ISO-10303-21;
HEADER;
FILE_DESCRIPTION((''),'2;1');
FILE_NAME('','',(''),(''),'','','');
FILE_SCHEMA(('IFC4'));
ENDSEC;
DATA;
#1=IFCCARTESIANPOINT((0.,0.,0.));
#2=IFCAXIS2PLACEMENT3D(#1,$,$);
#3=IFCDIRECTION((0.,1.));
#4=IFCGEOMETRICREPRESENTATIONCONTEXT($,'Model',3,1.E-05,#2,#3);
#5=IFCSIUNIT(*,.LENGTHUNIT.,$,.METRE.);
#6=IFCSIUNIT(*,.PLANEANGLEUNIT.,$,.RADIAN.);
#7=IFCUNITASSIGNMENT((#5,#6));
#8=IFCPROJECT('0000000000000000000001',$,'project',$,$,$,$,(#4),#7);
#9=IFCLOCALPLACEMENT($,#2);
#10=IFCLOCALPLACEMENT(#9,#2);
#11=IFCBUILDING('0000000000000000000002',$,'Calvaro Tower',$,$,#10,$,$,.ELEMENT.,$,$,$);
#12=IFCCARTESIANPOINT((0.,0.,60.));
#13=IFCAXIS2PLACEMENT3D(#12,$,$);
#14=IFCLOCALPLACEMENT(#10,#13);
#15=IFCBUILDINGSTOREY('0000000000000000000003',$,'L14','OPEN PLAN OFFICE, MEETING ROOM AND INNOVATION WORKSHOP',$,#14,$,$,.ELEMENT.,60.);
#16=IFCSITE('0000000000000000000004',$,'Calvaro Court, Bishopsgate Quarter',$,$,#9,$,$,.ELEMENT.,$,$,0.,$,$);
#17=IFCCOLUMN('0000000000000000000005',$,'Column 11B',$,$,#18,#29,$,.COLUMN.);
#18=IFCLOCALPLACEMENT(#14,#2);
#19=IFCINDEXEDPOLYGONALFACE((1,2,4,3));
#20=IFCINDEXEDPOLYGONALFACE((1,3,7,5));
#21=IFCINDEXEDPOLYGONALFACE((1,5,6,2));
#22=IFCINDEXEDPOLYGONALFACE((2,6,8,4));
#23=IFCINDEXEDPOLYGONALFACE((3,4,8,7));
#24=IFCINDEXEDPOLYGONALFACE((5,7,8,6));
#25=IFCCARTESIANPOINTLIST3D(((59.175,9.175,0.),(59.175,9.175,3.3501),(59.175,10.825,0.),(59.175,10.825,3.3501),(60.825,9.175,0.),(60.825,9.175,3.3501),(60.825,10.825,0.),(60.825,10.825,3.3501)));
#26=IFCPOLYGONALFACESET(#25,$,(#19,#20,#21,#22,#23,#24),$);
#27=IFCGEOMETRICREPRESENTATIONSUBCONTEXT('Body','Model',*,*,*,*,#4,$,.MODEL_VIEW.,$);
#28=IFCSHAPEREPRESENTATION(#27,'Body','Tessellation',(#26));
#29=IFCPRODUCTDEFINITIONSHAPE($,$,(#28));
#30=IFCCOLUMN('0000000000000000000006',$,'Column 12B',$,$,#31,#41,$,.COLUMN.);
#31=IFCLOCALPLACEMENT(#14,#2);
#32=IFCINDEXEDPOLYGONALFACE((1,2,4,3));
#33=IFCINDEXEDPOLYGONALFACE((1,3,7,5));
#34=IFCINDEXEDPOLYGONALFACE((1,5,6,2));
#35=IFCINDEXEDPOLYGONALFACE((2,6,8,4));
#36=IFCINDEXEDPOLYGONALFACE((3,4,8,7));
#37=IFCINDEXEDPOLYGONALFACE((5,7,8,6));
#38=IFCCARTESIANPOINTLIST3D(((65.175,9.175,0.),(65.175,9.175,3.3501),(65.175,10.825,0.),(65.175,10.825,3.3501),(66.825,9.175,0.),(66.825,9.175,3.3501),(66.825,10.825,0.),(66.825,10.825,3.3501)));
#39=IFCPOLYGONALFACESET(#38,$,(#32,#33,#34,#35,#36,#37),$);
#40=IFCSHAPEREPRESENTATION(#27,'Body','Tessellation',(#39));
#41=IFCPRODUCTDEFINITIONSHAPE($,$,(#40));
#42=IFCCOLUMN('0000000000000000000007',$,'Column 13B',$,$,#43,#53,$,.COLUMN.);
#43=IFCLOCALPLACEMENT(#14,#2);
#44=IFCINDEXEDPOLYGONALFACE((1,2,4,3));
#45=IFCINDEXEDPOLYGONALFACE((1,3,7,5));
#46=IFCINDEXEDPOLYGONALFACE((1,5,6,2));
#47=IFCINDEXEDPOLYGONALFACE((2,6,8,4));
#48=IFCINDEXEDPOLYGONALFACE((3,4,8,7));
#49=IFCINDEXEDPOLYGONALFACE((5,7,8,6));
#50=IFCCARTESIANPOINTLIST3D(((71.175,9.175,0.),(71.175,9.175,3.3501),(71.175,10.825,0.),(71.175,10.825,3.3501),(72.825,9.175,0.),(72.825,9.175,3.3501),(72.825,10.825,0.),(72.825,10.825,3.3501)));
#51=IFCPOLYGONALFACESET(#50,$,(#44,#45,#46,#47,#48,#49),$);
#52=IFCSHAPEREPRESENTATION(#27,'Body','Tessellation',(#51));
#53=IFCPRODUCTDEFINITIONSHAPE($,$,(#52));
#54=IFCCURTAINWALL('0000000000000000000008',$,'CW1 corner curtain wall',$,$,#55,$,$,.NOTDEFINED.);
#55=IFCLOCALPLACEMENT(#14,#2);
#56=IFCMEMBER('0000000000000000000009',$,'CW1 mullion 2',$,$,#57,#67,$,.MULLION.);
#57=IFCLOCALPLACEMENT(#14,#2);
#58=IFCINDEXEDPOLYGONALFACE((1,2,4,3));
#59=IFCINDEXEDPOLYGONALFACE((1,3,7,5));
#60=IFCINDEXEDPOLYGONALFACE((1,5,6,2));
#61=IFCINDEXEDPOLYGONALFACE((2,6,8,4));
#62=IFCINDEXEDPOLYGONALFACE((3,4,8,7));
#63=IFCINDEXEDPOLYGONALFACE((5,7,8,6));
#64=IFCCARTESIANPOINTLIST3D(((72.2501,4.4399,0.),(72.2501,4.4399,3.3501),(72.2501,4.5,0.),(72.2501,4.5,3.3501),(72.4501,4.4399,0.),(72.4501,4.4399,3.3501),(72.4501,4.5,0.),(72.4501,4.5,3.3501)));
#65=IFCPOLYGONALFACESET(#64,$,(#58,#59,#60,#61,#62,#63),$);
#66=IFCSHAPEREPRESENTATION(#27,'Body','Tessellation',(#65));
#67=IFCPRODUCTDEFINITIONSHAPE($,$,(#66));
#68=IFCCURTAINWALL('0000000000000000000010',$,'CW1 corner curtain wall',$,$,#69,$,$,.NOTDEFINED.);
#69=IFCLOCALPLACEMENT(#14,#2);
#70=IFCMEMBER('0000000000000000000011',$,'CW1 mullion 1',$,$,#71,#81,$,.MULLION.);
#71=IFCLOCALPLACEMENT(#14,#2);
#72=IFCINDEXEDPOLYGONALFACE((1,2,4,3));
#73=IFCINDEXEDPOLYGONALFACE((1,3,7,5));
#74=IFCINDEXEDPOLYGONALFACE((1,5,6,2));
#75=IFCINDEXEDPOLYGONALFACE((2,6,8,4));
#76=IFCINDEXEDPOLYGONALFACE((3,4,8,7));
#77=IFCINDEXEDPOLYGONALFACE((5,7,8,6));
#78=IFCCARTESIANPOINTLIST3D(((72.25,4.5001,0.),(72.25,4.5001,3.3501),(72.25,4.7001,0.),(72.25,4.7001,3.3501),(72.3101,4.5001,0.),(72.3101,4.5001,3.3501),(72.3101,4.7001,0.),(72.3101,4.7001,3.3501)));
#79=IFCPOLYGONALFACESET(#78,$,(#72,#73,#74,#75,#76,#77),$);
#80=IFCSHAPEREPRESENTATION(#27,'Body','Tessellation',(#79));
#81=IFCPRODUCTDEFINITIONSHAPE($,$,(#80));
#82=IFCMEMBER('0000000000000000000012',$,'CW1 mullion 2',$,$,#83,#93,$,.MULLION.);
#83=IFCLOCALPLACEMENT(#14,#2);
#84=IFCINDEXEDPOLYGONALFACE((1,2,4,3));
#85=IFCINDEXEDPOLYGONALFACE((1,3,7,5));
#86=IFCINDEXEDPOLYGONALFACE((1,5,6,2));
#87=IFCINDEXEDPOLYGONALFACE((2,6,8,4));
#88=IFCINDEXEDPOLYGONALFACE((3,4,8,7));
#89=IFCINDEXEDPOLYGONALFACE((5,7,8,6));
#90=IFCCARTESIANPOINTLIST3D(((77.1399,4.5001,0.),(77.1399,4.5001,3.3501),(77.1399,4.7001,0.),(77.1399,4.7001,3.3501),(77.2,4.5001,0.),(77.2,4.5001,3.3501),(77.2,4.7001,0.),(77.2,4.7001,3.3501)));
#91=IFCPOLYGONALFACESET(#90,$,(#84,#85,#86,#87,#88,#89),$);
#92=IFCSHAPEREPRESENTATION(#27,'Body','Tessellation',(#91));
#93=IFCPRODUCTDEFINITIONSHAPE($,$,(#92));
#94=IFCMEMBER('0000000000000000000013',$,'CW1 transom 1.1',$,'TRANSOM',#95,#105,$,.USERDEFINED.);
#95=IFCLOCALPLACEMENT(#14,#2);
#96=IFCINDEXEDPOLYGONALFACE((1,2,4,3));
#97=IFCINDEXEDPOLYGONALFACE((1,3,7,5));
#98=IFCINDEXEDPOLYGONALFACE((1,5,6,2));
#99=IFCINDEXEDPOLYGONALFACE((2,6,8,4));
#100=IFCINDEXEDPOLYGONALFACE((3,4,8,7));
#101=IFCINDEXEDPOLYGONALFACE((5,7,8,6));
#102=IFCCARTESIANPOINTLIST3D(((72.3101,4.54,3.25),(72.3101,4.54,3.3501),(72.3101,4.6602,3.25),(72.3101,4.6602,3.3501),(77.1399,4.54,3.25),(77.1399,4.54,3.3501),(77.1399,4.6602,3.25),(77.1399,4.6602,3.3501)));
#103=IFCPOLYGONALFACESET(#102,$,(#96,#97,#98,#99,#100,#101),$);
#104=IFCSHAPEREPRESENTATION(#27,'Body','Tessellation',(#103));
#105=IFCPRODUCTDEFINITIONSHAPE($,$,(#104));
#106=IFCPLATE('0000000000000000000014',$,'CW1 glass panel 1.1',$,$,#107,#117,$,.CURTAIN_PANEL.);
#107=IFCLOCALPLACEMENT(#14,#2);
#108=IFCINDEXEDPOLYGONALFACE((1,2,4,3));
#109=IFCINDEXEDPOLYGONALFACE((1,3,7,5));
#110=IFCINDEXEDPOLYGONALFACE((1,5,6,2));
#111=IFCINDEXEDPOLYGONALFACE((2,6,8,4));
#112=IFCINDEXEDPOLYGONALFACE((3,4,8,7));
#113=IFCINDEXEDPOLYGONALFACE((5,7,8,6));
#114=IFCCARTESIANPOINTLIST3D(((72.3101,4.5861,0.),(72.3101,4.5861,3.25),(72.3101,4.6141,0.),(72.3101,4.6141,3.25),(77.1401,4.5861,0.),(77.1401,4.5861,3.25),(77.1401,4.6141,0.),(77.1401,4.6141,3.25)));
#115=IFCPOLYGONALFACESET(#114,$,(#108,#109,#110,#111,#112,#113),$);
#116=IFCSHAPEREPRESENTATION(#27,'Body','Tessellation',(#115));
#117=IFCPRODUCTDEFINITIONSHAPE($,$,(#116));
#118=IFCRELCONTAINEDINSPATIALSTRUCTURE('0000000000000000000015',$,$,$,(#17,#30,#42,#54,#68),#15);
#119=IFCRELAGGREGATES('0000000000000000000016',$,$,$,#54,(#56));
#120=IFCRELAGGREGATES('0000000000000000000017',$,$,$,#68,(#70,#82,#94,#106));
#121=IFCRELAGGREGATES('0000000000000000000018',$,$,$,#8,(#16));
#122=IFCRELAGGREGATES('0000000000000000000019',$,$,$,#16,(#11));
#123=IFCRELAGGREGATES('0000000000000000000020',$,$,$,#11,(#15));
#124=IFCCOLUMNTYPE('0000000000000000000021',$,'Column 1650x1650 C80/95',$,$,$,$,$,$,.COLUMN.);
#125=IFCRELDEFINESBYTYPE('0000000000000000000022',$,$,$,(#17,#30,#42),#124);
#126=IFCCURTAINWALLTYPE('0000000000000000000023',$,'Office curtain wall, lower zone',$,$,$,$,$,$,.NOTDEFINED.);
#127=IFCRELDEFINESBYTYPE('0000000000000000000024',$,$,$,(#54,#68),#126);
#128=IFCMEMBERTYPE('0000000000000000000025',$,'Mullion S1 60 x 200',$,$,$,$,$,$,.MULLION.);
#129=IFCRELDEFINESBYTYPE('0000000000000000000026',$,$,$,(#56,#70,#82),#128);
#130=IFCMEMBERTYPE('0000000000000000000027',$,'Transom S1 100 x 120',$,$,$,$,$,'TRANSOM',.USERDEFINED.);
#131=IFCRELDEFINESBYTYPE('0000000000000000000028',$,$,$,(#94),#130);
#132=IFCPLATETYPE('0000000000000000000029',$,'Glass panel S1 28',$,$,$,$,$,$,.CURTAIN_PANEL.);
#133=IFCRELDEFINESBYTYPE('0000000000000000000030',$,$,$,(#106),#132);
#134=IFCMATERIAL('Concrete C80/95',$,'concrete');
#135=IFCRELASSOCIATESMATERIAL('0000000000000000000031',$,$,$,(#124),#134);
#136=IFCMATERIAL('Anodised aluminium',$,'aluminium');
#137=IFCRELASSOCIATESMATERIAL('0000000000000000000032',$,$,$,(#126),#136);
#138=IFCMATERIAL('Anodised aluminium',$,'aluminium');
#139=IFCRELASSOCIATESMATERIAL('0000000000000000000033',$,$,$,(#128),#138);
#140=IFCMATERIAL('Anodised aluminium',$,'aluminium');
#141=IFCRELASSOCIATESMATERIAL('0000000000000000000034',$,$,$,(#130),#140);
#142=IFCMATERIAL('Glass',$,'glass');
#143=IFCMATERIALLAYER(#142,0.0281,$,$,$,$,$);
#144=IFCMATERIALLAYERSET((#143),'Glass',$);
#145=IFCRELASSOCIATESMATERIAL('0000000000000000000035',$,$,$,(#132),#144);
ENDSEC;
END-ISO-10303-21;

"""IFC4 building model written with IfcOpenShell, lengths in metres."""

from ifc_helpers import new_model, si_unit, direction, frame, origin, origin_2d, place, context, subcontext, project, spatial, rectangle, extrude, material, layer, layer_set, material_profile, profile_set, type_object, element, aggregate, save


model = new_model("IFC4")

# Units and contexts
model_context = context("Model", 3, precision=1e-05, world=origin(), true_north=direction((0.0, 1.0)))
body_context = subcontext(model_context, "Body", "Model", "MODEL_VIEW")
ifc_project = project(units=[si_unit("LENGTHUNIT", "METRE"), si_unit("PLANEANGLEUNIT", "RADIAN")], contexts=[model_context])

# Site, building, storey
site_placement = place(None, origin())
site = spatial("IfcSite", under=ifc_project, at=site_placement, Name="Calvaro Court, Bishopsgate Quarter", CompositionType="ELEMENT", RefElevation=0.0)
building_placement = place(site_placement, origin())
building = spatial("IfcBuilding", under=site, at=building_placement, Name="Calvaro Tower", CompositionType="ELEMENT")
storey_placement = place(building_placement, frame((0.0, 0.0, 60.0)))
storey = spatial("IfcBuildingStorey", under=building, at=storey_placement, Name="L14", Description="OPEN PLAN OFFICE, MEETING ROOM AND INNOVATION WORKSHOP", CompositionType="ELEMENT", Elevation=60.0)

# Columns
ifc_material_1 = material(Name="Concrete C80/95", Category="concrete")
ifc_material_profile_1 = material_profile(ifc_material_1, rectangle(XDim=1.6499, YDim=1.6499, at=origin_2d()), Name="RC 1650x1650")
ifc_profile_set_1 = profile_set([ifc_material_profile_1], Name="Concrete C80/95")
column_type = type_object("IfcColumnType", Name="Column 1650x1650 C80/95", PredefinedType="COLUMN", material=ifc_profile_set_1)
for number, where, z_axis, x_axis, name in (
    (1, (60.0, 10.0, 0.0), (0.0, 0.0, 1.0), (1.0, 0.0, 0.0), "Column 11B"),
    (2, (66.0, 10.0, 0.0), (0.0, 0.0, 1.0), (1.0, 0.0, 0.0), "Column 12B"),
    (3, (72.0, 10.0, 0.0), (0.0, 0.0, 1.0), (1.0, 0.0, 0.0), "Column 13B"),
):
    element("IfcColumn", number, at=place(storey_placement, frame(where, z_axis=z_axis, x_axis=x_axis)), inside=storey, type_object=column_type, Name=name, PredefinedType="COLUMN", context=body_context, shape_type="SweptSolid", body=[
        extrude(rectangle(XDim=1.6499, YDim=1.6499, at=origin_2d()), origin(), (0.0, 0.0, 1.0), 3.3501),
    ])

# Curtain wall, member
ifc_material_2 = material(Name="Anodised aluminium", Category="aluminium")
curtain_wall_type = type_object("IfcCurtainWallType", Name="Office curtain wall, lower zone", PredefinedType="NOTDEFINED", material=ifc_material_2)
curtain_wall_1_placement = place(storey_placement, origin())
curtain_wall_1 = element("IfcCurtainWall", 4, at=curtain_wall_1_placement, inside=storey, type_object=curtain_wall_type, Name="CW1 corner curtain wall", PredefinedType="NOTDEFINED")
ifc_material_3 = material(Name="Anodised aluminium", Category="aluminium")
ifc_material_profile_2 = material_profile(ifc_material_3, rectangle(XDim=0.2, YDim=0.0601, at=origin_2d()), Name="Mullion S1 60 x 200")
ifc_profile_set_2 = profile_set([ifc_material_profile_2], Name="Anodised aluminium")
member_type_1 = type_object("IfcMemberType", Name="Mullion S1 60 x 200", PredefinedType="MULLION", material=ifc_profile_set_2)
member_1_placement = place(storey_placement, frame((72.3501, 4.47, 0.0), z_axis=(0.0, 0.0, 1.0), x_axis=(-1.0, 0.0, 0.0)))
member_1 = element("IfcMember", 5, at=member_1_placement, type_object=member_type_1, Name="CW1 mullion 2", PredefinedType="MULLION", context=body_context, shape_type="SweptSolid", body=[
    extrude(rectangle(XDim=0.2, YDim=0.0601, at=origin_2d()), origin(), (0.0, 0.0, 1.0), 3.3501),
])
aggregate(curtain_wall_1, [member_1])

# Curtain wall, members, plate
curtain_wall_2_placement = place(storey_placement, origin())
curtain_wall_2 = element("IfcCurtainWall", 6, at=curtain_wall_2_placement, inside=storey, type_object=curtain_wall_type, Name="CW1 corner curtain wall", PredefinedType="NOTDEFINED")
member_2_placement = place(storey_placement, frame((72.28, 4.6001, 0.0), z_axis=(0.0, 0.0, 1.0), x_axis=(0.0, 1.0, 0.0)))
member_2 = element("IfcMember", 7, at=member_2_placement, type_object=member_type_1, Name="CW1 mullion 1", PredefinedType="MULLION", context=body_context, shape_type="SweptSolid", body=[
    extrude(rectangle(XDim=0.2, YDim=0.0601, at=origin_2d()), origin(), (0.0, 0.0, 1.0), 3.3501),
])
member_3_placement = place(storey_placement, frame((77.1699, 4.6001, 0.0), z_axis=(0.0, 0.0, 1.0), x_axis=(0.0, 1.0, 0.0)))
member_3 = element("IfcMember", 8, at=member_3_placement, type_object=member_type_1, Name="CW1 mullion 2", PredefinedType="MULLION", context=body_context, shape_type="SweptSolid", body=[
    extrude(rectangle(XDim=0.2, YDim=0.0601, at=origin_2d()), origin(), (0.0, 0.0, 1.0), 3.3501),
])
ifc_material_4 = material(Name="Anodised aluminium", Category="aluminium")
ifc_material_profile_3 = material_profile(ifc_material_4, rectangle(XDim=0.1201, YDim=0.1001, at=origin_2d()), Name="Transom S1 100 x 120")
ifc_profile_set_3 = profile_set([ifc_material_profile_3], Name="Anodised aluminium")
member_type_2 = type_object("IfcMemberType", Name="Transom S1 100 x 120", ElementType="TRANSOM", PredefinedType="USERDEFINED", material=ifc_profile_set_3)
member_4_placement = place(storey_placement, frame((72.3101, 4.6001, 3.3), z_axis=(1.0, 0.0, 0.0), x_axis=(0.0, 1.0, 0.0)))
member_4 = element("IfcMember", 9, at=member_4_placement, type_object=member_type_2, Name="CW1 transom 1.1", ObjectType="TRANSOM", PredefinedType="USERDEFINED", context=body_context, shape_type="SweptSolid", body=[
    extrude(rectangle(XDim=0.1201, YDim=0.1001, at=origin_2d()), origin(), (0.0, 0.0, 1.0), 4.8298),
])
ifc_material_5 = material(Name="Glass", Category="glass")
ifc_layer_1 = layer(ifc_material_5, 0.0281)
ifc_layer_set_1 = layer_set([ifc_layer_1], Name="Glass")
plate_type = type_object("IfcPlateType", Name="Glass panel S1 28", PredefinedType="CURTAIN_PANEL", material=ifc_layer_set_1)
plate_placement = place(storey_placement, frame((74.7251, 4.6001, 0.0), z_axis=(0.0, 0.0, 1.0), x_axis=(1.0, 0.0, 0.0)))
plate = element("IfcPlate", 10, at=plate_placement, type_object=plate_type, Name="CW1 glass panel 1.1", PredefinedType="CURTAIN_PANEL", context=body_context, shape_type="SweptSolid", body=[
    extrude(rectangle(XDim=4.8301, YDim=0.0281, at=origin_2d()), origin(), (0.0, 0.0, 1.0), 3.25),
])
aggregate(curtain_wall_2, [member_2, member_3, member_4, plate])

save(model, "model.ifc")
